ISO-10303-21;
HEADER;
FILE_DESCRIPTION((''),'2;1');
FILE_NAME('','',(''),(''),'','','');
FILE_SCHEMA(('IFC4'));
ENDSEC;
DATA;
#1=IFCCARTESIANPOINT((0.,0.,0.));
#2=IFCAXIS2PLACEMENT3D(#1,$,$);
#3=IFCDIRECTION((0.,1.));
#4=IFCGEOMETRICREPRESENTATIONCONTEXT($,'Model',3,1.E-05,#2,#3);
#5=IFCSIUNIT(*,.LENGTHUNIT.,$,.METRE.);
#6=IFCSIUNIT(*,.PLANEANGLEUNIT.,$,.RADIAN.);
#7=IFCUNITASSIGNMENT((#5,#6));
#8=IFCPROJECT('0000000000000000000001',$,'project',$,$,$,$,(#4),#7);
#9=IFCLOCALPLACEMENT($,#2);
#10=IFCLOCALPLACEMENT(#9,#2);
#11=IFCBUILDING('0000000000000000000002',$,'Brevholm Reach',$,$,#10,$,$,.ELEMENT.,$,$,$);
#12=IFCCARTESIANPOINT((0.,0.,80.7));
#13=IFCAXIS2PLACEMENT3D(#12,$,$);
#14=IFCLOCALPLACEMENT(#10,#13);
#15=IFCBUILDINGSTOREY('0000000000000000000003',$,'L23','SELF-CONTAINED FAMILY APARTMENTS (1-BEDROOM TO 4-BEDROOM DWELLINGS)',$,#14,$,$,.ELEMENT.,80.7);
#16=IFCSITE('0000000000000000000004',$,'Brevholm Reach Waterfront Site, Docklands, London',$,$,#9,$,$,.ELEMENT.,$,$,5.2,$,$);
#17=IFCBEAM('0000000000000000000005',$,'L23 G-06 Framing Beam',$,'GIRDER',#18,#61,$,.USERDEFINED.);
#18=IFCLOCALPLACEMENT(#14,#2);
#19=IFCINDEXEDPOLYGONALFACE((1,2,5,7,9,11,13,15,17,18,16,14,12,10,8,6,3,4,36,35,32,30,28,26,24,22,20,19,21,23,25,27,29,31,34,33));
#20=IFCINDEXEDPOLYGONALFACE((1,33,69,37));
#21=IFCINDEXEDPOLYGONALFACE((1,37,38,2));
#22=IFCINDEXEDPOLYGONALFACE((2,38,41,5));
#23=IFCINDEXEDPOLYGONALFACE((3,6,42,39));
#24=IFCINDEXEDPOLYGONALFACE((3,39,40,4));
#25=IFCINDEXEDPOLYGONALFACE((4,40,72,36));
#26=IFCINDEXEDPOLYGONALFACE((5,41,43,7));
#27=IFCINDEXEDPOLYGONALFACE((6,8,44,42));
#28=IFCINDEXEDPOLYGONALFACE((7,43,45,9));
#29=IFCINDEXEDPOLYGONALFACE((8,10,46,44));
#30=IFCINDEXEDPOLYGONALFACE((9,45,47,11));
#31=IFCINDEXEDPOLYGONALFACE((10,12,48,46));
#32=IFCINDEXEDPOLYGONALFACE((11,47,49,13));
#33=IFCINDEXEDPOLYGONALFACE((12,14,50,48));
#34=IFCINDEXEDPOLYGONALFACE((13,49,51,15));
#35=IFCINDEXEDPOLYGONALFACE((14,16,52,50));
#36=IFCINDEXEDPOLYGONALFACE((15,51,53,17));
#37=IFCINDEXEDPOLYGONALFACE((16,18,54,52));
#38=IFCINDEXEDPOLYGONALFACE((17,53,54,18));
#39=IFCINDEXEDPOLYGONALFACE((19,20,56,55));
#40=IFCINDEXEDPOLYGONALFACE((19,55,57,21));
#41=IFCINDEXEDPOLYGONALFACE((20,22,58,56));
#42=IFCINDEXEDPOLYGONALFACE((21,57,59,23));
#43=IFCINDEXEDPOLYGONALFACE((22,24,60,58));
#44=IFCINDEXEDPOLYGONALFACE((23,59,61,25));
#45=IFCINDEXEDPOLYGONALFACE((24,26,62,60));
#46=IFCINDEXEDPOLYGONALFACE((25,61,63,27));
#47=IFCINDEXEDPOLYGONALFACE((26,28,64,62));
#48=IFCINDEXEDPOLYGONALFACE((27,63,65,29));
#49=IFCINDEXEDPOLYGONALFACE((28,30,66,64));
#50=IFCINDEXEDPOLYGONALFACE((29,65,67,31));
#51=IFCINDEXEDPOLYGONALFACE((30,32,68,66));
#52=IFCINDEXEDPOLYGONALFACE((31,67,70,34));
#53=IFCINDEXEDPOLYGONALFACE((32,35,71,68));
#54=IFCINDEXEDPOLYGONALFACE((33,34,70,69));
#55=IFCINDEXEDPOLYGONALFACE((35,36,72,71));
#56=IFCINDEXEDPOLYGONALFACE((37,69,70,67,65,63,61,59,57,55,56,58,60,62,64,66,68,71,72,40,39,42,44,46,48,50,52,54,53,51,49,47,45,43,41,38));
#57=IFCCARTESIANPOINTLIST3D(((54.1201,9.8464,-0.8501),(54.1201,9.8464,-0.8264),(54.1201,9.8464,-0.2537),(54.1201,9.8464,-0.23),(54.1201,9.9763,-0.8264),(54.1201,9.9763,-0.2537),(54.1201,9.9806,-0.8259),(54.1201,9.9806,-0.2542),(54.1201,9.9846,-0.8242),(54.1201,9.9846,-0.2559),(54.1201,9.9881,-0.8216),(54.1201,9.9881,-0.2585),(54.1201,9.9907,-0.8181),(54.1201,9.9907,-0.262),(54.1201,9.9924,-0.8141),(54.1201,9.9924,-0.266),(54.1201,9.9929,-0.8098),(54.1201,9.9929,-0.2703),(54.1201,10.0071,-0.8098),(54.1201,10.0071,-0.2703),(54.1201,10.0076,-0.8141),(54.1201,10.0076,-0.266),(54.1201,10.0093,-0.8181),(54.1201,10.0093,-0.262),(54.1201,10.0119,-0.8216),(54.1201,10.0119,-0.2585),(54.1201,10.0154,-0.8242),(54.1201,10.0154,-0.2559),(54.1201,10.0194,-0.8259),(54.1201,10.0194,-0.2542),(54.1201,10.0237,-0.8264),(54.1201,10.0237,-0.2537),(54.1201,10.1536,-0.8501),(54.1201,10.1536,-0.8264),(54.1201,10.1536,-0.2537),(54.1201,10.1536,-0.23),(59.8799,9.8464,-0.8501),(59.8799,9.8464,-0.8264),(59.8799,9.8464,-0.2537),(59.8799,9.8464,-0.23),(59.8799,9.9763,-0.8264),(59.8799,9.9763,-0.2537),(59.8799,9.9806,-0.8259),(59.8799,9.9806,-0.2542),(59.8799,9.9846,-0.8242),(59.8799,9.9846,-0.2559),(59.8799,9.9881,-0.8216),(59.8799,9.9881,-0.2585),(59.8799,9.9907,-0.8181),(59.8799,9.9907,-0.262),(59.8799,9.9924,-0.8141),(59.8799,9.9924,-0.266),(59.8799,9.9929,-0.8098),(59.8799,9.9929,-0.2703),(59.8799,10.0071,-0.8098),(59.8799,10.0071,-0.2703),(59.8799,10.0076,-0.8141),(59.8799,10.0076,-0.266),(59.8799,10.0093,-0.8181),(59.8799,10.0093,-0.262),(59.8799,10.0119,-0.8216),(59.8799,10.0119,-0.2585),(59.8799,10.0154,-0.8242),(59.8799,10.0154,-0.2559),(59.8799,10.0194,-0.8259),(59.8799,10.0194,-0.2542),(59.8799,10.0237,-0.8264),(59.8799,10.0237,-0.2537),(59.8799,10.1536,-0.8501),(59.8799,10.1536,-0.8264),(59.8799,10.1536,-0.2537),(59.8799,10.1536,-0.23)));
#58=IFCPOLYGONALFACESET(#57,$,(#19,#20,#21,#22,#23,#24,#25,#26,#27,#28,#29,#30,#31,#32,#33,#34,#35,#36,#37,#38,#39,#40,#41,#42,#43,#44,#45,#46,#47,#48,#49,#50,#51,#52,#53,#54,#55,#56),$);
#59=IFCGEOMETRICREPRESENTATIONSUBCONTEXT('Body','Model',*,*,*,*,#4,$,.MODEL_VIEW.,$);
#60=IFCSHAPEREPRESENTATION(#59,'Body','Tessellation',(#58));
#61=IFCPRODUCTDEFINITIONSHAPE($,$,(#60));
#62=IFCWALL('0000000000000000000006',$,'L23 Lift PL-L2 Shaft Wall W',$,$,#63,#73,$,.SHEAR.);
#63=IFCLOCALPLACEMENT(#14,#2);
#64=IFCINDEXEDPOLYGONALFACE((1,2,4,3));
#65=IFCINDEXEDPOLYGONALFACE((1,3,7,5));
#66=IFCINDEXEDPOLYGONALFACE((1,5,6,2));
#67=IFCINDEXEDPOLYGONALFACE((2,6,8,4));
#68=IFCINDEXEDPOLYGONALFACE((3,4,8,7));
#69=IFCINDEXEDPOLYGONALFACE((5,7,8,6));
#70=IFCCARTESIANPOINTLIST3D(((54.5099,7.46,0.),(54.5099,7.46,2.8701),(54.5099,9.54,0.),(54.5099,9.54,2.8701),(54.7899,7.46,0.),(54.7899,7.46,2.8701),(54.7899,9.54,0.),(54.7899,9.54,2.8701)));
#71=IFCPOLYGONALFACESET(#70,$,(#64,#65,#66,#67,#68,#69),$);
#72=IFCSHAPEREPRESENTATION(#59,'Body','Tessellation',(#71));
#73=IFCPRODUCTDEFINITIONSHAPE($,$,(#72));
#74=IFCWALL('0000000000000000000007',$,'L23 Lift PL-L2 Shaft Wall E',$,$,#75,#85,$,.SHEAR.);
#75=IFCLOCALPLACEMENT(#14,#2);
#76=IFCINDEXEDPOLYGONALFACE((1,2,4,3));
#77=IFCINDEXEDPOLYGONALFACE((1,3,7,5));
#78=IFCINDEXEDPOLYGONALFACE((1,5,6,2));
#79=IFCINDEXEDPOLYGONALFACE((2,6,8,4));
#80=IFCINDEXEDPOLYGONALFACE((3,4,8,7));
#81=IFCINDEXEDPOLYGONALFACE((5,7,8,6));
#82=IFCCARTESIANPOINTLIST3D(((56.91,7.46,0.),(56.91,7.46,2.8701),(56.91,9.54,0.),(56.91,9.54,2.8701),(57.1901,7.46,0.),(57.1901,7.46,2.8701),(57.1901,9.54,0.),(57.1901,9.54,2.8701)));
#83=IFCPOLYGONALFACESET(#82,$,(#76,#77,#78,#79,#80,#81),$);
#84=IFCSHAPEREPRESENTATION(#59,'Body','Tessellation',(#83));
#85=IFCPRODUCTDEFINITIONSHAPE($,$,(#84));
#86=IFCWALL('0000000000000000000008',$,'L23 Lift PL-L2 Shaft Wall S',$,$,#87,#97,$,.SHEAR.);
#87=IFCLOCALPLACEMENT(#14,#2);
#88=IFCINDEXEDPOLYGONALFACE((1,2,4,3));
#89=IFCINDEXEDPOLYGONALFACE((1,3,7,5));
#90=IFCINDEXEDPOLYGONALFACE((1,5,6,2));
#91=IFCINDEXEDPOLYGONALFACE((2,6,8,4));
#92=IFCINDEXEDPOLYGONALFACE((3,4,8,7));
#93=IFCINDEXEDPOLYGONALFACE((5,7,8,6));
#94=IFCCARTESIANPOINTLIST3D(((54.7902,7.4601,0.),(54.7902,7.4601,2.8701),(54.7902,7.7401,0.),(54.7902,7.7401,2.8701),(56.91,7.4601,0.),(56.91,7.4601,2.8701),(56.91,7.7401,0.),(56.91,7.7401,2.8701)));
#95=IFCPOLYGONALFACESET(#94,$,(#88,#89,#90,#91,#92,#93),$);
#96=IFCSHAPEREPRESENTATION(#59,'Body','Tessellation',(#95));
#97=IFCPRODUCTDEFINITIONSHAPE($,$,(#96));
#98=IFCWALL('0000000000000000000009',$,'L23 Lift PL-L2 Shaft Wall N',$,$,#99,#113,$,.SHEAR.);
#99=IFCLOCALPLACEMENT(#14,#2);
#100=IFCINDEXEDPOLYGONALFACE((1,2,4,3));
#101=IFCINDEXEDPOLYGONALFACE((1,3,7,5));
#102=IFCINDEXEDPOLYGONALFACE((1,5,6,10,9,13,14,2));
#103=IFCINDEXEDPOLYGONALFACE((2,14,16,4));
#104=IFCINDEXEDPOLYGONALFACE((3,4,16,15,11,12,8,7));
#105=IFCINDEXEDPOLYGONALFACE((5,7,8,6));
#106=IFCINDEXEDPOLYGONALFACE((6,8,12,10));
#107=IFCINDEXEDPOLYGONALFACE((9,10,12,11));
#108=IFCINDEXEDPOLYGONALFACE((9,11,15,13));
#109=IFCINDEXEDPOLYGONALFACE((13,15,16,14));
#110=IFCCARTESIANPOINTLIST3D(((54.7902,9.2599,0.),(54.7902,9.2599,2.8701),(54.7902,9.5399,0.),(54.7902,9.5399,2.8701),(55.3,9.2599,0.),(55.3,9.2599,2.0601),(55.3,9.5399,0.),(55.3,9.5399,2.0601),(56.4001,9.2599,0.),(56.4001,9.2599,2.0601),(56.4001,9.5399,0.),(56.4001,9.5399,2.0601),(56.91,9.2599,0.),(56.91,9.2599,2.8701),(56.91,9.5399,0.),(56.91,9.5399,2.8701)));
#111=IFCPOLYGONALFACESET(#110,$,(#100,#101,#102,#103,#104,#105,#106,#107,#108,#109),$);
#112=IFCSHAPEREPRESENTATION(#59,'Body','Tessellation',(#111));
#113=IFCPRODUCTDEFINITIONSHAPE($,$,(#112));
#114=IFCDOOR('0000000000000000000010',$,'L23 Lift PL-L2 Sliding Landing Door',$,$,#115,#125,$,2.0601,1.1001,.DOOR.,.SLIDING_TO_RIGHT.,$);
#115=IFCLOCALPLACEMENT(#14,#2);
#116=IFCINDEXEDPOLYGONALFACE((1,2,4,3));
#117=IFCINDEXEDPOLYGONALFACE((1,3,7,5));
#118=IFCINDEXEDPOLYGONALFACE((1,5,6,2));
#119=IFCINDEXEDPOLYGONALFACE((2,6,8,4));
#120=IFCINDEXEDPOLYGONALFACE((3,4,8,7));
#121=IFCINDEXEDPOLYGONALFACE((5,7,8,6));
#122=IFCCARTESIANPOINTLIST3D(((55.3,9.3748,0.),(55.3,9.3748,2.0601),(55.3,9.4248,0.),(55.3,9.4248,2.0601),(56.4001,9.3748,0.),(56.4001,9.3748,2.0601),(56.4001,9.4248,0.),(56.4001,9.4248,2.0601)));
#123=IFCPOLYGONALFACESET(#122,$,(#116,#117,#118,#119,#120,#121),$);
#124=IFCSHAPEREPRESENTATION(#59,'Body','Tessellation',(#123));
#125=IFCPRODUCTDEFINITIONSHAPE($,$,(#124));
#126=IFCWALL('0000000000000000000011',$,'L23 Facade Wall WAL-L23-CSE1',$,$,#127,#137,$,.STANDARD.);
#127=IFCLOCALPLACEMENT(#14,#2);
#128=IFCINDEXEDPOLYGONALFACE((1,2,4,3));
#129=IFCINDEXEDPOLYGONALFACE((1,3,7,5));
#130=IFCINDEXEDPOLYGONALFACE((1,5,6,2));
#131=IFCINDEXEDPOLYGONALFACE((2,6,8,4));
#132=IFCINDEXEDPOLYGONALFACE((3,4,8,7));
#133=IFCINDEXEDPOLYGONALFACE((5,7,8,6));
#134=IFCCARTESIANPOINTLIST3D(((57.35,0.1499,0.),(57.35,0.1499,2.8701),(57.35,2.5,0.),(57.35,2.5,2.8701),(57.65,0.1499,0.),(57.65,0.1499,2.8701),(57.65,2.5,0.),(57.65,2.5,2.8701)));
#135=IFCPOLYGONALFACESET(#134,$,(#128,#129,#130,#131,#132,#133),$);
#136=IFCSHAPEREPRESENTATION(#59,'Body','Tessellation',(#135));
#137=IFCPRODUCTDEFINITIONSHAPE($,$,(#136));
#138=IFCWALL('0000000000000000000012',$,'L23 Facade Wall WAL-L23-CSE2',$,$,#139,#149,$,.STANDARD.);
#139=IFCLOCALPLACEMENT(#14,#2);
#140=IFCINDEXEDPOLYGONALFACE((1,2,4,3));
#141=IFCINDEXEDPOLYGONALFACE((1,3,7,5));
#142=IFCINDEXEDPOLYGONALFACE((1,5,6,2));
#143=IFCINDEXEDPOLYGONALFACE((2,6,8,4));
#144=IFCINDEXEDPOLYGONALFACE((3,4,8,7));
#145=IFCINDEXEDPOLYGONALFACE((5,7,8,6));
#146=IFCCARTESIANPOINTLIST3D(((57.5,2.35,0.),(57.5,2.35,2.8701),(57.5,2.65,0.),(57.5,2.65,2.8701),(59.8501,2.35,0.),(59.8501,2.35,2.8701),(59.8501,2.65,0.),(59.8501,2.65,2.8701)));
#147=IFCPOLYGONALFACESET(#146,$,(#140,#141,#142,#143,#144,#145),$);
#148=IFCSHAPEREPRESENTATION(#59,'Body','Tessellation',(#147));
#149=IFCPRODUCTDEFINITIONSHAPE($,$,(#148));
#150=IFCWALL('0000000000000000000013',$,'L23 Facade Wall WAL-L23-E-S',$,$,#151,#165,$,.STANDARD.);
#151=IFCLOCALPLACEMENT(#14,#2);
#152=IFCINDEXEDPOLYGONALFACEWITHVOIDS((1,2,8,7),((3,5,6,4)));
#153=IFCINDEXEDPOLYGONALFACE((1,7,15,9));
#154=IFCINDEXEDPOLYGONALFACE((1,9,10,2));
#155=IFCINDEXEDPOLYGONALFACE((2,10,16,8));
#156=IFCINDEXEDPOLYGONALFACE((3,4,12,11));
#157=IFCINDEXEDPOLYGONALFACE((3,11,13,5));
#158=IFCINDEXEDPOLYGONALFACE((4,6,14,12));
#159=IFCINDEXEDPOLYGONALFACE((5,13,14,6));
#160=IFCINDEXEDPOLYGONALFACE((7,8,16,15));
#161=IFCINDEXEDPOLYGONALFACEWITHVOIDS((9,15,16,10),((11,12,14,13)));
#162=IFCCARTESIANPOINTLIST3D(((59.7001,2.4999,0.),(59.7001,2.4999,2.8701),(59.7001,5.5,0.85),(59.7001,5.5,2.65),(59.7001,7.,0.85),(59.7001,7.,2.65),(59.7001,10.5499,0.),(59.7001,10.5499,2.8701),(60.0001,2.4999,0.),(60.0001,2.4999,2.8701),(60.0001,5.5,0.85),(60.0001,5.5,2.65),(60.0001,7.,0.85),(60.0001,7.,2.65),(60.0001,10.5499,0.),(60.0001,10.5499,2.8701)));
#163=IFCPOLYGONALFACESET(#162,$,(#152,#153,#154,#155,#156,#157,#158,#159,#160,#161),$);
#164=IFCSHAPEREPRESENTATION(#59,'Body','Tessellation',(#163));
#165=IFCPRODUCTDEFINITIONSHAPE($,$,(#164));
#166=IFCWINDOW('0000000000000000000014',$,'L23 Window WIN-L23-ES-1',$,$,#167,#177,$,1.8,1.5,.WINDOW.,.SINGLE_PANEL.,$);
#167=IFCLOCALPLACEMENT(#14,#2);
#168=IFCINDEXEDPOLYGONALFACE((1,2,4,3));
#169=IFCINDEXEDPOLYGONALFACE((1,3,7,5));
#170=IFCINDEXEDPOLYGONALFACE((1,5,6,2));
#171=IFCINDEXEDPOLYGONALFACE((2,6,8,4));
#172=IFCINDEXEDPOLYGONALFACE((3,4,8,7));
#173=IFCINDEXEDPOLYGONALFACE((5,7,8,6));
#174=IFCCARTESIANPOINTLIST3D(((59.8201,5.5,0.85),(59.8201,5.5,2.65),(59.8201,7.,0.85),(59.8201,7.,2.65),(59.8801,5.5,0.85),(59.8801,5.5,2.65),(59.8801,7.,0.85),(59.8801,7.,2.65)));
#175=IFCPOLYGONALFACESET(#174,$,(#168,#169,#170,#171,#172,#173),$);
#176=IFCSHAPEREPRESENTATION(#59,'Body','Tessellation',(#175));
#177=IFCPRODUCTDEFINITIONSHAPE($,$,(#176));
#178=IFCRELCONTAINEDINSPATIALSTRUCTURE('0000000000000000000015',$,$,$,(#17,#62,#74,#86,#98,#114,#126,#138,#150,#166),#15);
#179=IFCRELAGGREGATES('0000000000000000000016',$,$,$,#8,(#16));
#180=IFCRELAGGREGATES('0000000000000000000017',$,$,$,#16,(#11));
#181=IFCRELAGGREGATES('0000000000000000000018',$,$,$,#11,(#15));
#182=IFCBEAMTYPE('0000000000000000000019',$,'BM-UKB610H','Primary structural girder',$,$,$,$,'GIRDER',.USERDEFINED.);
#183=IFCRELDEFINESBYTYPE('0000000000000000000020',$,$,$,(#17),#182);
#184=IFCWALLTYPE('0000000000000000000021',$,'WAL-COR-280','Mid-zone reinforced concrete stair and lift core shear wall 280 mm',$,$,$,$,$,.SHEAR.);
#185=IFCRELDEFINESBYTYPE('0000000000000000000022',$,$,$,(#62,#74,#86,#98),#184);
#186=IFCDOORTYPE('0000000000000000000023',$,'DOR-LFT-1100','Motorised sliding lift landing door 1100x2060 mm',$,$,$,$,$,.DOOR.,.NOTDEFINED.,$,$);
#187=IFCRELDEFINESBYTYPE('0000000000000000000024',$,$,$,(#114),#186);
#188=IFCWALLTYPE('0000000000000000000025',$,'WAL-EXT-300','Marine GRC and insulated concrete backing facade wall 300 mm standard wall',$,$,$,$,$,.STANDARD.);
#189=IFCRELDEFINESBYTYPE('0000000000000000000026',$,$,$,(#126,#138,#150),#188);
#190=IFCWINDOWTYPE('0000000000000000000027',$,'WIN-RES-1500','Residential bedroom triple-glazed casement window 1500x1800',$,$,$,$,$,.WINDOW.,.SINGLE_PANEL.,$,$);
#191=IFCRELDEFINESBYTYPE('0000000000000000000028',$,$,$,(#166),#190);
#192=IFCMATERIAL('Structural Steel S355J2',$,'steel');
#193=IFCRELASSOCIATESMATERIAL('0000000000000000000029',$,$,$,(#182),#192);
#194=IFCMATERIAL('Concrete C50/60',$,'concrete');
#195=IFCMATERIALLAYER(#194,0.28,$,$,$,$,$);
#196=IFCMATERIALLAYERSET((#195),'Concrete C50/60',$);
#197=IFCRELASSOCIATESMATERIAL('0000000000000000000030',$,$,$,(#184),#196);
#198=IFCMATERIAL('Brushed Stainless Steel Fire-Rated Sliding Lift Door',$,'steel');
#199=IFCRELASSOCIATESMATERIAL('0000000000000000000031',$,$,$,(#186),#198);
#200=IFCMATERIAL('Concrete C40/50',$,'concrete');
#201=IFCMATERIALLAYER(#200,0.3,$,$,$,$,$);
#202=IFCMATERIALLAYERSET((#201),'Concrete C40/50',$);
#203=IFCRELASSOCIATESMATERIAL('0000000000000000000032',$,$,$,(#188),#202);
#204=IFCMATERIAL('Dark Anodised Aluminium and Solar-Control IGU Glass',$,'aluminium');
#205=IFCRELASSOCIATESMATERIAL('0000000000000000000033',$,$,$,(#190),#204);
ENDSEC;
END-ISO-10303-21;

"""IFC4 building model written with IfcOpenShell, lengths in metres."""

from ifc_helpers import new_model, si_unit, direction, frame, frame_2d, origin, origin_2d, place, context, subcontext, project, spatial, rectangle, i_section, extrude, material, layer, layer_set, material_profile, profile_set, type_object, element, fill, save


model = new_model("IFC4")

# Units and contexts
model_context = context("Model", 3, precision=1e-05, world=origin(), true_north=direction((0.0, 1.0)))
body_context = subcontext(model_context, "Body", "Model", "MODEL_VIEW")
ifc_project = project(units=[si_unit("LENGTHUNIT", "METRE"), si_unit("PLANEANGLEUNIT", "RADIAN")], contexts=[model_context])

# Site, building, storey
site_placement = place(None, origin())
site = spatial("IfcSite", under=ifc_project, at=site_placement, Name="Brevholm Reach Waterfront Site, Docklands, London", CompositionType="ELEMENT", RefElevation=5.2)
building_placement = place(site_placement, origin())
building = spatial("IfcBuilding", under=site, at=building_placement, Name="Brevholm Reach", CompositionType="ELEMENT")
storey_placement = place(building_placement, frame((0.0, 0.0, 80.7)))
storey = spatial("IfcBuildingStorey", under=building, at=storey_placement, Name="L23", Description="SELF-CONTAINED FAMILY APARTMENTS (1-BEDROOM TO 4-BEDROOM DWELLINGS)", CompositionType="ELEMENT", Elevation=80.7)

# Beam
ifc_material_1 = material(Name="Structural Steel S355J2", Category="steel")
ifc_material_profile_1 = material_profile(ifc_material_1, i_section(OverallWidth=0.3071, OverallDepth=0.6201, WebThickness=0.0142, FlangeThickness=0.0237, FilletRadius=0.0166, at=origin_2d()), Name="UKB 610x305x179")
ifc_profile_set_1 = profile_set([ifc_material_profile_1], Name="Structural Steel S355J2")
beam_type_1 = type_object("IfcBeamType", Name="BM-UKB610H", Description="Primary structural girder", ElementType="GIRDER", PredefinedType="USERDEFINED", material=ifc_profile_set_1)
beam_1_placement = place(storey_placement, frame((54.1201, 10.0, -0.54), z_axis=(1.0, 0.0, 0.0), x_axis=(0.0, 1.0, 0.0)))
element("IfcBeam", 1, at=beam_1_placement, inside=storey, type_object=beam_type_1, Name="L23 G-06 Framing Beam", ObjectType="GIRDER", PredefinedType="USERDEFINED", context=body_context, shape_type="SweptSolid", body=[
    extrude(i_section(OverallWidth=0.3071, OverallDepth=0.6201, WebThickness=0.0142, FlangeThickness=0.0237, FilletRadius=0.0166, at=origin_2d()), origin(), (0.0, 0.0, 1.0), 5.7598),
])

# Walls
ifc_material_2 = material(Name="Concrete C50/60", Category="concrete")
ifc_layer_1 = layer(ifc_material_2, 0.28)
ifc_layer_set_1 = layer_set([ifc_layer_1], Name="Concrete C50/60")
wall_type_1 = type_object("IfcWallType", Name="WAL-COR-280", Description="Mid-zone reinforced concrete stair and lift core shear wall 280 mm", PredefinedType="SHEAR", material=ifc_layer_set_1)
for number, where, z_axis, x_axis, name in (
    (2, (54.6499, 7.46, 0.0), (0.0, 0.0, 1.0), (0.0, 1.0, 0.0), "L23 Lift PL-L2 Shaft Wall W"),
    (3, (57.05, 7.46, 0.0), (0.0, 0.0, 1.0), (0.0, 1.0, 0.0), "L23 Lift PL-L2 Shaft Wall E"),
):
    element("IfcWall", number, at=place(storey_placement, frame(where, z_axis=z_axis, x_axis=x_axis)), inside=storey, type_object=wall_type_1, Name=name, PredefinedType="SHEAR", context=body_context, shape_type="SweptSolid", body=[
        extrude(rectangle(XDim=2.0801, YDim=0.28, at=frame_2d((1.04, 0.0))), origin(), (0.0, 0.0, 1.0), 2.8701),
    ])
wall_1_placement = place(storey_placement, frame((54.79, 7.6001, 0.0), z_axis=(0.0, 0.0, 1.0), x_axis=(1.0, 0.0, 0.0)))
element("IfcWall", 4, at=wall_1_placement, inside=storey, type_object=wall_type_1, Name="L23 Lift PL-L2 Shaft Wall S", PredefinedType="SHEAR", context=body_context, shape_type="SweptSolid", body=[
    extrude(rectangle(XDim=2.1199, YDim=0.28, at=frame_2d((1.0601, 0.0))), origin(), (0.0, 0.0, 1.0), 2.8701),
])

# Wall, opening, door
wall_2_placement = place(storey_placement, frame((54.79, 9.3999, 0.0), z_axis=(0.0, 0.0, 1.0), x_axis=(1.0, 0.0, 0.0)))
wall_2 = element("IfcWall", 5, at=wall_2_placement, inside=storey, type_object=wall_type_1, Name="L23 Lift PL-L2 Shaft Wall N", PredefinedType="SHEAR", context=body_context, shape_type="SweptSolid", body=[
    extrude(rectangle(XDim=2.1199, YDim=0.28, at=frame_2d((1.0601, 0.0))), origin(), (0.0, 0.0, 1.0), 2.8701),
])
opening_1_placement = place(wall_2_placement, frame((0.51, 0.0, 0.0)))
opening_1 = element("IfcOpeningElement", 6, at=opening_1_placement, cuts=wall_2, PredefinedType="OPENING", context=body_context, shape_type="SweptSolid", body=[
    extrude(rectangle(XDim=1.1001, YDim=2.0601, at=frame_2d((0.55, 1.03))), frame((0.0, 0.1499, 0.0), z_axis=(0.0, -1.0, 0.0), x_axis=(1.0, 0.0, 0.0)), (0.0, 0.0, 1.0), 0.3),
])
ifc_material_3 = material(Name="Brushed Stainless Steel Fire-Rated Sliding Lift Door", Category="steel")
door_type_1 = type_object("IfcDoorType", Name="DOR-LFT-1100", Description="Motorised sliding lift landing door 1100x2060 mm", OperationType="NOTDEFINED", PredefinedType="DOOR", material=ifc_material_3)
door_1_placement = place(opening_1_placement, origin())
door_1 = element("IfcDoor", 7, at=door_1_placement, inside=storey, type_object=door_type_1, Name="L23 Lift PL-L2 Sliding Landing Door", OperationType="SLIDING_TO_RIGHT", OverallHeight=2.0601, OverallWidth=1.1001, PredefinedType="DOOR", context=body_context, shape_type="SweptSolid", body=[
    extrude(rectangle(XDim=1.1001, YDim=2.0601, at=frame_2d((0.55, 1.03))), frame((0.0, 0.0249, 0.0), z_axis=(0.0, -1.0, 0.0), x_axis=(1.0, 0.0, 0.0)), (0.0, 0.0, 1.0), 0.05),
])
fill(opening_1, door_1)

# Walls
ifc_material_4 = material(Name="Concrete C40/50", Category="concrete")
ifc_layer_2 = layer(ifc_material_4, 0.3)
ifc_layer_set_2 = layer_set([ifc_layer_2], Name="Concrete C40/50")
wall_type_2 = type_object("IfcWallType", Name="WAL-EXT-300", Description="Marine GRC and insulated concrete backing facade wall 300 mm standard wall", PredefinedType="STANDARD", material=ifc_layer_set_2)
for number, where, z_axis, x_axis, name in (
    (8, (57.5, 0.1499, 0.0), (0.0, 0.0, 1.0), (0.0, 1.0, 0.0), "L23 Facade Wall WAL-L23-CSE1"),
    (9, (57.5, 2.5, 0.0), (0.0, 0.0, 1.0), (1.0, 0.0, 0.0), "L23 Facade Wall WAL-L23-CSE2"),
):
    element("IfcWall", number, at=place(storey_placement, frame(where, z_axis=z_axis, x_axis=x_axis)), inside=storey, type_object=wall_type_2, Name=name, PredefinedType="STANDARD", context=body_context, shape_type="SweptSolid", body=[
        extrude(rectangle(XDim=2.3501, YDim=0.3, at=frame_2d((1.175, 0.0))), origin(), (0.0, 0.0, 1.0), 2.8701),
    ])

# Wall, opening, window
wall_3_placement = place(storey_placement, frame((59.8501, 2.5, 0.0), z_axis=(0.0, 0.0, 1.0), x_axis=(0.0, 1.0, 0.0)))
wall_3 = element("IfcWall", 10, at=wall_3_placement, inside=storey, type_object=wall_type_2, Name="L23 Facade Wall WAL-L23-E-S", PredefinedType="STANDARD", context=body_context, shape_type="SweptSolid", body=[
    extrude(rectangle(XDim=8.05, YDim=0.3, at=frame_2d((4.0249, 0.0))), origin(), (0.0, 0.0, 1.0), 2.8701),
])
opening_2_placement = place(wall_3_placement, frame((3.0, 0.0, 0.8501)))
opening_2 = element("IfcOpeningElement", 11, at=opening_2_placement, cuts=wall_3, PredefinedType="OPENING", context=body_context, shape_type="SweptSolid", body=[
    extrude(rectangle(XDim=1.5, YDim=1.8, at=frame_2d((0.75, 0.8999))), frame((0.0, 0.1599, 0.0), z_axis=(0.0, -1.0, 0.0), x_axis=(1.0, 0.0, 0.0)), (0.0, 0.0, 1.0), 0.3201),
])
ifc_material_5 = material(Name="Dark Anodised Aluminium and Solar-Control IGU Glass", Category="aluminium")
window_type = type_object("IfcWindowType", Name="WIN-RES-1500", Description="Residential bedroom triple-glazed casement window 1500x1800", PartitioningType="SINGLE_PANEL", PredefinedType="WINDOW", material=ifc_material_5)
window_placement = place(opening_2_placement, origin())
window = element("IfcWindow", 12, at=window_placement, inside=storey, type_object=window_type, Name="L23 Window WIN-L23-ES-1", OverallHeight=1.8, OverallWidth=1.5, PartitioningType="SINGLE_PANEL", PredefinedType="WINDOW", context=body_context, shape_type="SweptSolid", body=[
    extrude(rectangle(XDim=1.5, YDim=1.8, at=frame_2d((0.75, 0.8999))), frame((0.0, 0.03, 0.0), z_axis=(0.0, -1.0, 0.0), x_axis=(1.0, 0.0, 0.0)), (0.0, 0.0, 1.0), 0.0601),
])
fill(opening_2, window)

save(model, "model.ifc")
